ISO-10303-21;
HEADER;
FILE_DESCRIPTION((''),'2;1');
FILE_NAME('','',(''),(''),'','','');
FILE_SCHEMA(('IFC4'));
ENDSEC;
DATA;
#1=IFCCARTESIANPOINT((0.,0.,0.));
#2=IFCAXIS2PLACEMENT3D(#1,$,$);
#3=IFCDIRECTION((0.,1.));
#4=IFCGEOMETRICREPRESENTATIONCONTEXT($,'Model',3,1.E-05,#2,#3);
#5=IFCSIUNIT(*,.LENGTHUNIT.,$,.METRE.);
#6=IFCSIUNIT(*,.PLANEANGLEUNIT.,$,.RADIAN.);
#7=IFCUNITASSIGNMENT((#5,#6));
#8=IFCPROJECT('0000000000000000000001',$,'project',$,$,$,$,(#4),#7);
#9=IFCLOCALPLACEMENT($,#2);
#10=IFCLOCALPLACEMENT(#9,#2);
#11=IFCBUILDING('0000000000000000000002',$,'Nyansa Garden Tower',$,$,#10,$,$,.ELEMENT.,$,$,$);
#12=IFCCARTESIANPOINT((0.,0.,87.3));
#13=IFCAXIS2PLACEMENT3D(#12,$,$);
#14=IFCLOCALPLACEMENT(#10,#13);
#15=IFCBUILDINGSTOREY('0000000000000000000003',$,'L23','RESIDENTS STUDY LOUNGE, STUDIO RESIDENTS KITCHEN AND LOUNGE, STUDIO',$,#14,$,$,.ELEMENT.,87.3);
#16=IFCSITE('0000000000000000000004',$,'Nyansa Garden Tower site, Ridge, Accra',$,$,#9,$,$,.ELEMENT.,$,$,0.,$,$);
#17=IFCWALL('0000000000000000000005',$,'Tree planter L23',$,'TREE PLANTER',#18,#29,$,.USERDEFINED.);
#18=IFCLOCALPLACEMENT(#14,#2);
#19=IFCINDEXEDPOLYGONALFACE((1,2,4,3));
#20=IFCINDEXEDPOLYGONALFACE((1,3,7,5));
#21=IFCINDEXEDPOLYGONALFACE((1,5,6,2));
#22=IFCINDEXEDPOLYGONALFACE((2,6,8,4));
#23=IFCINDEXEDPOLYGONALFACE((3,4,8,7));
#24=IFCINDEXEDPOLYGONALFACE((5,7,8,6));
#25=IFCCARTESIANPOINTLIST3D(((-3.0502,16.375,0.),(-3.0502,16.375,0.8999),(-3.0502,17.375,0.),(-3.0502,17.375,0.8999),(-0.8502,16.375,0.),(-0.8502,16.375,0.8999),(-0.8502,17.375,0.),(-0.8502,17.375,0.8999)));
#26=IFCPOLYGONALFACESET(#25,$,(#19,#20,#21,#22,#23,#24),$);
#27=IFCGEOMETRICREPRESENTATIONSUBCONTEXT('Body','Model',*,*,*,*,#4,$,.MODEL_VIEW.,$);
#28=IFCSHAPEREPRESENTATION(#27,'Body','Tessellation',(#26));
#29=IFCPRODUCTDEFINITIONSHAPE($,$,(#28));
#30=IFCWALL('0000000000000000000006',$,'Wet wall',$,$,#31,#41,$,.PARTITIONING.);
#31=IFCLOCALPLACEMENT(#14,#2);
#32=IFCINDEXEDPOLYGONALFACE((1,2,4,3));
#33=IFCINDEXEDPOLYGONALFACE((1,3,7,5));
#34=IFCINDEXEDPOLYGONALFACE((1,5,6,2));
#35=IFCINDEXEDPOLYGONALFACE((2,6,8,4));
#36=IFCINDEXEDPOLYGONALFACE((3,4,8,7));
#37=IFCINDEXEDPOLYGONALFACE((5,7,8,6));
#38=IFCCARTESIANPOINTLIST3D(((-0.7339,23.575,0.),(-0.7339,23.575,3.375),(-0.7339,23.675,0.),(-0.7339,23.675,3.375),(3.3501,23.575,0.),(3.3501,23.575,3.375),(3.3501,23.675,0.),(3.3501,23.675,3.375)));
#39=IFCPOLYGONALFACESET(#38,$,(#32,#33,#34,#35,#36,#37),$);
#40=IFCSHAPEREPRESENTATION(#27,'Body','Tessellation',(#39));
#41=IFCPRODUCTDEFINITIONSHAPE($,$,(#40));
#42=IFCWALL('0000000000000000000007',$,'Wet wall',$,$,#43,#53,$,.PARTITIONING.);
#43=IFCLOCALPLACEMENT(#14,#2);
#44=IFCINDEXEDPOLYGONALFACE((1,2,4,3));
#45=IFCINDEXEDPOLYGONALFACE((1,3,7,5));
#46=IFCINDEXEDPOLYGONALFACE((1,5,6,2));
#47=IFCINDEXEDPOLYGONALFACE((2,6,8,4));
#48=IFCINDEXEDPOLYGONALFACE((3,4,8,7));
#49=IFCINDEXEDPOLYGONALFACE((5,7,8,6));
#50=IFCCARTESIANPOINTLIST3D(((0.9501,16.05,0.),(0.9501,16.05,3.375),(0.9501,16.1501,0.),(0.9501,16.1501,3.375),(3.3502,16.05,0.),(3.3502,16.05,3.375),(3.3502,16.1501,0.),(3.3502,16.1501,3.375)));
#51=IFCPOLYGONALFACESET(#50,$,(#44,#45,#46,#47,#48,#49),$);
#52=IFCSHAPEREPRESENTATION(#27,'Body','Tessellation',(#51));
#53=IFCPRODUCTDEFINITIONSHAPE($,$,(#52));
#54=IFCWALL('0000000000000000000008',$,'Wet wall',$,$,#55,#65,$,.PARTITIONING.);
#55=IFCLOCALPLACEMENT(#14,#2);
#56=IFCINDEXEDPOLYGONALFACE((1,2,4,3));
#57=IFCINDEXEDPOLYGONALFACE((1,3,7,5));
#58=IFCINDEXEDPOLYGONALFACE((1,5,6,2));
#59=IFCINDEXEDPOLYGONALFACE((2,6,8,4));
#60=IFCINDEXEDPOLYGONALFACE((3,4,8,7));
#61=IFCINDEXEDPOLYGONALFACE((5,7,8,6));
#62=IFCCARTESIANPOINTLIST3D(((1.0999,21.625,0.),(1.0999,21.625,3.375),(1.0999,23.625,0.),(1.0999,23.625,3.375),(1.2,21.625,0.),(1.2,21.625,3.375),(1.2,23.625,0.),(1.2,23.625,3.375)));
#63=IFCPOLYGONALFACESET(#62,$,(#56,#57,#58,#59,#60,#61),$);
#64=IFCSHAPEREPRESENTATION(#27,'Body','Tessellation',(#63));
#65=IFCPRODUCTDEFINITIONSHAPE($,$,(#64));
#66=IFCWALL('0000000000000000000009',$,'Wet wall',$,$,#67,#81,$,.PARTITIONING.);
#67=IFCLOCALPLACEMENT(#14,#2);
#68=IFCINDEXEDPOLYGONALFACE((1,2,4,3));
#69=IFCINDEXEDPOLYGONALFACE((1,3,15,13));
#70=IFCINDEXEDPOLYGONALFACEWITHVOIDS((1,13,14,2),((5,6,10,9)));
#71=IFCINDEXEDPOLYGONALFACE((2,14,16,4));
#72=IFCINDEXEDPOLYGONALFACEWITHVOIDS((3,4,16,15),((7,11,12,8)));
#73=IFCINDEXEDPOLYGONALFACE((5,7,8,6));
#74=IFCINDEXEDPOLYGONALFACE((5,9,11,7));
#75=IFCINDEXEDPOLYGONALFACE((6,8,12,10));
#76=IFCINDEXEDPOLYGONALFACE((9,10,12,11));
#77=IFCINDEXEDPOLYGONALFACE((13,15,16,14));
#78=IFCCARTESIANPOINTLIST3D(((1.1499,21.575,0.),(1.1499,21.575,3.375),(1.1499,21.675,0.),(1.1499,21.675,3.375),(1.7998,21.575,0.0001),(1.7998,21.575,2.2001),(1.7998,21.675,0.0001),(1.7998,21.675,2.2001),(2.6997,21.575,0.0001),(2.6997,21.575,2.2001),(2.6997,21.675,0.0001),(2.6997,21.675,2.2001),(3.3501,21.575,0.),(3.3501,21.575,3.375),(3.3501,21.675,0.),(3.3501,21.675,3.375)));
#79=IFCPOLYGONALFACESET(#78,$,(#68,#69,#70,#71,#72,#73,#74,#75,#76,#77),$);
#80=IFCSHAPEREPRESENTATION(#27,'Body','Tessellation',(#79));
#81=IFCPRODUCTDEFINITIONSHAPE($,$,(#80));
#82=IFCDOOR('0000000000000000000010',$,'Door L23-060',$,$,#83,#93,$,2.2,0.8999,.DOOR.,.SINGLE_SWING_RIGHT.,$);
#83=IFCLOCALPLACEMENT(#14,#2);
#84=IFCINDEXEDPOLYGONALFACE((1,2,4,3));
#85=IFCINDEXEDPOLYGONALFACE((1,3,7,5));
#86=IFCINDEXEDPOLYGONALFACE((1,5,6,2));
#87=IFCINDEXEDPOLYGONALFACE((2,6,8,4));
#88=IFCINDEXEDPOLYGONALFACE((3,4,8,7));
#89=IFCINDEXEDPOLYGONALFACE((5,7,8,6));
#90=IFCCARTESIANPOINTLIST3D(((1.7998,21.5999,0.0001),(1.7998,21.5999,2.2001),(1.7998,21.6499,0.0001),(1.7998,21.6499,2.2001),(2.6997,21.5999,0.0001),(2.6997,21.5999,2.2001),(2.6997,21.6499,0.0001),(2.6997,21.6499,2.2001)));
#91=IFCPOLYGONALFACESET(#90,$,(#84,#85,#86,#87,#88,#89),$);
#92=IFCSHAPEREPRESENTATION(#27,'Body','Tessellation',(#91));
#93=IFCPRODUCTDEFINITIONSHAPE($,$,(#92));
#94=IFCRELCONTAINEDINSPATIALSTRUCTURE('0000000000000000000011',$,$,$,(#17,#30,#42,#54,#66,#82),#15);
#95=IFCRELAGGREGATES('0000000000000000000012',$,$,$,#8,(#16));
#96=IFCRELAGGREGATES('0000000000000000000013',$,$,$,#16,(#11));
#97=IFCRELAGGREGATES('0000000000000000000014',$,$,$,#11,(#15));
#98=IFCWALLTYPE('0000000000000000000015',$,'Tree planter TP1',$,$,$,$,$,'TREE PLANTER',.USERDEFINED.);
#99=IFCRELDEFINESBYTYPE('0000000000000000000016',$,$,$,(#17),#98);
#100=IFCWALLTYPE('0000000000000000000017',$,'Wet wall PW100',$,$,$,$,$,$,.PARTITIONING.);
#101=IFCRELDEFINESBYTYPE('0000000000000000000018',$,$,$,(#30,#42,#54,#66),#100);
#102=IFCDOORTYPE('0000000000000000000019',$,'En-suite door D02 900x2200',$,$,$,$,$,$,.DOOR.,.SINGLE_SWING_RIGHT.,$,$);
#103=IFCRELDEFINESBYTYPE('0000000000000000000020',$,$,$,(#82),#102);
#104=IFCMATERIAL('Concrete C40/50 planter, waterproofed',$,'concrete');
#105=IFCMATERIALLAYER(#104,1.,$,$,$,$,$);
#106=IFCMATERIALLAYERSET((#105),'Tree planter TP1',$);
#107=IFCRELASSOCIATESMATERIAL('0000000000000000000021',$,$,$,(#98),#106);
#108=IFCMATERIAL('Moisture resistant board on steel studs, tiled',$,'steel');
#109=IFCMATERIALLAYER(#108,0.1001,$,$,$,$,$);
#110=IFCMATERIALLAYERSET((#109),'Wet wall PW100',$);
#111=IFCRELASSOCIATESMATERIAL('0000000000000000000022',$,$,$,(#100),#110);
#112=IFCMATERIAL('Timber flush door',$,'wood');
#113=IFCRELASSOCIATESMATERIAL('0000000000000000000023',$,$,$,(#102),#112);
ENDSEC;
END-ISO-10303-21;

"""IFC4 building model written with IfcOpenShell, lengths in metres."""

from ifc_helpers import new_model, si_unit, direction, frame, frame_2d, origin, place, context, subcontext, project, spatial, rectangle, extrude, material, layer, layer_set, type_object, element, fill, save


model = new_model("IFC4")

# Units and contexts
model_context = context("Model", 3, precision=1e-05, world=origin(), true_north=direction((0.0, 1.0)))
body_context = subcontext(model_context, "Body", "Model", "MODEL_VIEW")
ifc_project = project(units=[si_unit("LENGTHUNIT", "METRE"), si_unit("PLANEANGLEUNIT", "RADIAN")], contexts=[model_context])

# Site, building, storey
site_placement = place(None, origin())
site = spatial("IfcSite", under=ifc_project, at=site_placement, Name="Nyansa Garden Tower site, Ridge, Accra", CompositionType="ELEMENT", RefElevation=0.0)
building_placement = place(site_placement, origin())
building = spatial("IfcBuilding", under=site, at=building_placement, Name="Nyansa Garden Tower", CompositionType="ELEMENT")
storey_placement = place(building_placement, frame((0.0, 0.0, 87.3)))
storey = spatial("IfcBuildingStorey", under=building, at=storey_placement, Name="L23", Description="RESIDENTS STUDY LOUNGE, STUDIO RESIDENTS KITCHEN AND LOUNGE, STUDIO", CompositionType="ELEMENT", Elevation=87.3)

# Walls
ifc_material_1 = material(Name="Concrete C40/50 planter, waterproofed", Category="concrete")
ifc_layer_1 = layer(ifc_material_1, 1.0)
ifc_layer_set_1 = layer_set([ifc_layer_1], Name="Tree planter TP1")
wall_type_1 = type_object("IfcWallType", Name="Tree planter TP1", ElementType="TREE PLANTER", PredefinedType="USERDEFINED", material=ifc_layer_set_1)
wall_1_placement = place(storey_placement, frame((-0.8501, 16.875, 0.0), z_axis=(0.0, 0.0, 1.0), x_axis=(-1.0, 0.0, 0.0)))
element("IfcWall", 1, at=wall_1_placement, inside=storey, type_object=wall_type_1, Name="Tree planter L23", ObjectType="TREE PLANTER", PredefinedType="USERDEFINED", context=body_context, shape_type="SweptSolid", body=[
    extrude(rectangle(XDim=2.2, YDim=1.0, at=frame_2d((1.1001, 0.0))), origin(), (0.0, 0.0, 1.0), 0.8999),
])
ifc_material_2 = material(Name="Moisture resistant board on steel studs, tiled", Category="steel")
ifc_layer_2 = layer(ifc_material_2, 0.1001)
ifc_layer_set_2 = layer_set([ifc_layer_2], Name="Wet wall PW100")
wall_type_2 = type_object("IfcWallType", Name="Wet wall PW100", PredefinedType="PARTITIONING", material=ifc_layer_set_2)
wall_2_placement = place(storey_placement, frame((-0.7339, 23.625, 0.0), z_axis=(0.0, 0.0, 1.0), x_axis=(1.0, 0.0, 0.0)))
element("IfcWall", 2, at=wall_2_placement, inside=storey, type_object=wall_type_2, Name="Wet wall", PredefinedType="PARTITIONING", context=body_context, shape_type="SweptSolid", body=[
    extrude(rectangle(XDim=4.084, YDim=0.1001, at=frame_2d((2.042, 0.0))), origin(), (0.0, 0.0, 1.0), 3.375),
])
wall_3_placement = place(storey_placement, frame((0.95, 16.1001, 0.0), z_axis=(0.0, 0.0, 1.0), x_axis=(1.0, 0.0, 0.0)))
element("IfcWall", 3, at=wall_3_placement, inside=storey, type_object=wall_type_2, Name="Wet wall", PredefinedType="PARTITIONING", context=body_context, shape_type="SweptSolid", body=[
    extrude(rectangle(XDim=2.4001, YDim=0.1001, at=frame_2d((1.2002, 0.0))), origin(), (0.0, 0.0, 1.0), 3.375),
])
wall_4_placement = place(storey_placement, frame((1.1499, 21.625, 0.0), z_axis=(0.0, 0.0, 1.0), x_axis=(0.0, 1.0, 0.0)))
element("IfcWall", 4, at=wall_4_placement, inside=storey, type_object=wall_type_2, Name="Wet wall", PredefinedType="PARTITIONING", context=body_context, shape_type="SweptSolid", body=[
    extrude(rectangle(XDim=2.0, YDim=0.1001, at=frame_2d((1.0, 0.0))), origin(), (0.0, 0.0, 1.0), 3.375),
])

# Wall, opening, door
wall_5_placement = place(storey_placement, frame((1.1499, 21.625, 0.0), z_axis=(0.0, 0.0, 1.0), x_axis=(1.0, 0.0, 0.0)))
wall_5 = element("IfcWall", 5, at=wall_5_placement, inside=storey, type_object=wall_type_2, Name="Wet wall", PredefinedType="PARTITIONING", context=body_context, shape_type="SweptSolid", body=[
    extrude(rectangle(XDim=2.2002, YDim=0.1001, at=frame_2d((1.1001, 0.0))), origin(), (0.0, 0.0, 1.0), 3.375),
])
opening_1_placement = place(wall_5_placement, frame((0.6499, 0.0, 0.0)))
opening_1 = element("IfcOpeningElement", 6, at=opening_1_placement, cuts=wall_5, PredefinedType="OPENING", context=body_context, shape_type="SweptSolid", body=[
    extrude(rectangle(XDim=0.8999, YDim=2.2, at=frame_2d((0.45, 1.1001))), frame((0.0, 0.0601, 0.0), z_axis=(0.0, -1.0, 0.0), x_axis=(1.0, 0.0, 0.0)), (0.0, 0.0, 1.0), 0.1201),
])
ifc_material_3 = material(Name="Timber flush door", Category="wood")
door_type_1 = type_object("IfcDoorType", Name="En-suite door D02 900x2200", OperationType="SINGLE_SWING_RIGHT", PredefinedType="DOOR", material=ifc_material_3)
door_1_placement = place(opening_1_placement, origin())
door_1 = element("IfcDoor", 7, at=door_1_placement, inside=storey, type_object=door_type_1, Name="Door L23-060", OperationType="SINGLE_SWING_RIGHT", OverallHeight=2.2, OverallWidth=0.8999, PredefinedType="DOOR", context=body_context, shape_type="SweptSolid", body=[
    extrude(rectangle(XDim=0.8999, YDim=2.2, at=frame_2d((0.45, 1.1001))), frame((0.0, 0.0249, 0.0), z_axis=(0.0, -1.0, 0.0), x_axis=(1.0, 0.0, 0.0)), (0.0, 0.0, 1.0), 0.05),
])
fill(opening_1, door_1)

save(model, "model.ifc")
